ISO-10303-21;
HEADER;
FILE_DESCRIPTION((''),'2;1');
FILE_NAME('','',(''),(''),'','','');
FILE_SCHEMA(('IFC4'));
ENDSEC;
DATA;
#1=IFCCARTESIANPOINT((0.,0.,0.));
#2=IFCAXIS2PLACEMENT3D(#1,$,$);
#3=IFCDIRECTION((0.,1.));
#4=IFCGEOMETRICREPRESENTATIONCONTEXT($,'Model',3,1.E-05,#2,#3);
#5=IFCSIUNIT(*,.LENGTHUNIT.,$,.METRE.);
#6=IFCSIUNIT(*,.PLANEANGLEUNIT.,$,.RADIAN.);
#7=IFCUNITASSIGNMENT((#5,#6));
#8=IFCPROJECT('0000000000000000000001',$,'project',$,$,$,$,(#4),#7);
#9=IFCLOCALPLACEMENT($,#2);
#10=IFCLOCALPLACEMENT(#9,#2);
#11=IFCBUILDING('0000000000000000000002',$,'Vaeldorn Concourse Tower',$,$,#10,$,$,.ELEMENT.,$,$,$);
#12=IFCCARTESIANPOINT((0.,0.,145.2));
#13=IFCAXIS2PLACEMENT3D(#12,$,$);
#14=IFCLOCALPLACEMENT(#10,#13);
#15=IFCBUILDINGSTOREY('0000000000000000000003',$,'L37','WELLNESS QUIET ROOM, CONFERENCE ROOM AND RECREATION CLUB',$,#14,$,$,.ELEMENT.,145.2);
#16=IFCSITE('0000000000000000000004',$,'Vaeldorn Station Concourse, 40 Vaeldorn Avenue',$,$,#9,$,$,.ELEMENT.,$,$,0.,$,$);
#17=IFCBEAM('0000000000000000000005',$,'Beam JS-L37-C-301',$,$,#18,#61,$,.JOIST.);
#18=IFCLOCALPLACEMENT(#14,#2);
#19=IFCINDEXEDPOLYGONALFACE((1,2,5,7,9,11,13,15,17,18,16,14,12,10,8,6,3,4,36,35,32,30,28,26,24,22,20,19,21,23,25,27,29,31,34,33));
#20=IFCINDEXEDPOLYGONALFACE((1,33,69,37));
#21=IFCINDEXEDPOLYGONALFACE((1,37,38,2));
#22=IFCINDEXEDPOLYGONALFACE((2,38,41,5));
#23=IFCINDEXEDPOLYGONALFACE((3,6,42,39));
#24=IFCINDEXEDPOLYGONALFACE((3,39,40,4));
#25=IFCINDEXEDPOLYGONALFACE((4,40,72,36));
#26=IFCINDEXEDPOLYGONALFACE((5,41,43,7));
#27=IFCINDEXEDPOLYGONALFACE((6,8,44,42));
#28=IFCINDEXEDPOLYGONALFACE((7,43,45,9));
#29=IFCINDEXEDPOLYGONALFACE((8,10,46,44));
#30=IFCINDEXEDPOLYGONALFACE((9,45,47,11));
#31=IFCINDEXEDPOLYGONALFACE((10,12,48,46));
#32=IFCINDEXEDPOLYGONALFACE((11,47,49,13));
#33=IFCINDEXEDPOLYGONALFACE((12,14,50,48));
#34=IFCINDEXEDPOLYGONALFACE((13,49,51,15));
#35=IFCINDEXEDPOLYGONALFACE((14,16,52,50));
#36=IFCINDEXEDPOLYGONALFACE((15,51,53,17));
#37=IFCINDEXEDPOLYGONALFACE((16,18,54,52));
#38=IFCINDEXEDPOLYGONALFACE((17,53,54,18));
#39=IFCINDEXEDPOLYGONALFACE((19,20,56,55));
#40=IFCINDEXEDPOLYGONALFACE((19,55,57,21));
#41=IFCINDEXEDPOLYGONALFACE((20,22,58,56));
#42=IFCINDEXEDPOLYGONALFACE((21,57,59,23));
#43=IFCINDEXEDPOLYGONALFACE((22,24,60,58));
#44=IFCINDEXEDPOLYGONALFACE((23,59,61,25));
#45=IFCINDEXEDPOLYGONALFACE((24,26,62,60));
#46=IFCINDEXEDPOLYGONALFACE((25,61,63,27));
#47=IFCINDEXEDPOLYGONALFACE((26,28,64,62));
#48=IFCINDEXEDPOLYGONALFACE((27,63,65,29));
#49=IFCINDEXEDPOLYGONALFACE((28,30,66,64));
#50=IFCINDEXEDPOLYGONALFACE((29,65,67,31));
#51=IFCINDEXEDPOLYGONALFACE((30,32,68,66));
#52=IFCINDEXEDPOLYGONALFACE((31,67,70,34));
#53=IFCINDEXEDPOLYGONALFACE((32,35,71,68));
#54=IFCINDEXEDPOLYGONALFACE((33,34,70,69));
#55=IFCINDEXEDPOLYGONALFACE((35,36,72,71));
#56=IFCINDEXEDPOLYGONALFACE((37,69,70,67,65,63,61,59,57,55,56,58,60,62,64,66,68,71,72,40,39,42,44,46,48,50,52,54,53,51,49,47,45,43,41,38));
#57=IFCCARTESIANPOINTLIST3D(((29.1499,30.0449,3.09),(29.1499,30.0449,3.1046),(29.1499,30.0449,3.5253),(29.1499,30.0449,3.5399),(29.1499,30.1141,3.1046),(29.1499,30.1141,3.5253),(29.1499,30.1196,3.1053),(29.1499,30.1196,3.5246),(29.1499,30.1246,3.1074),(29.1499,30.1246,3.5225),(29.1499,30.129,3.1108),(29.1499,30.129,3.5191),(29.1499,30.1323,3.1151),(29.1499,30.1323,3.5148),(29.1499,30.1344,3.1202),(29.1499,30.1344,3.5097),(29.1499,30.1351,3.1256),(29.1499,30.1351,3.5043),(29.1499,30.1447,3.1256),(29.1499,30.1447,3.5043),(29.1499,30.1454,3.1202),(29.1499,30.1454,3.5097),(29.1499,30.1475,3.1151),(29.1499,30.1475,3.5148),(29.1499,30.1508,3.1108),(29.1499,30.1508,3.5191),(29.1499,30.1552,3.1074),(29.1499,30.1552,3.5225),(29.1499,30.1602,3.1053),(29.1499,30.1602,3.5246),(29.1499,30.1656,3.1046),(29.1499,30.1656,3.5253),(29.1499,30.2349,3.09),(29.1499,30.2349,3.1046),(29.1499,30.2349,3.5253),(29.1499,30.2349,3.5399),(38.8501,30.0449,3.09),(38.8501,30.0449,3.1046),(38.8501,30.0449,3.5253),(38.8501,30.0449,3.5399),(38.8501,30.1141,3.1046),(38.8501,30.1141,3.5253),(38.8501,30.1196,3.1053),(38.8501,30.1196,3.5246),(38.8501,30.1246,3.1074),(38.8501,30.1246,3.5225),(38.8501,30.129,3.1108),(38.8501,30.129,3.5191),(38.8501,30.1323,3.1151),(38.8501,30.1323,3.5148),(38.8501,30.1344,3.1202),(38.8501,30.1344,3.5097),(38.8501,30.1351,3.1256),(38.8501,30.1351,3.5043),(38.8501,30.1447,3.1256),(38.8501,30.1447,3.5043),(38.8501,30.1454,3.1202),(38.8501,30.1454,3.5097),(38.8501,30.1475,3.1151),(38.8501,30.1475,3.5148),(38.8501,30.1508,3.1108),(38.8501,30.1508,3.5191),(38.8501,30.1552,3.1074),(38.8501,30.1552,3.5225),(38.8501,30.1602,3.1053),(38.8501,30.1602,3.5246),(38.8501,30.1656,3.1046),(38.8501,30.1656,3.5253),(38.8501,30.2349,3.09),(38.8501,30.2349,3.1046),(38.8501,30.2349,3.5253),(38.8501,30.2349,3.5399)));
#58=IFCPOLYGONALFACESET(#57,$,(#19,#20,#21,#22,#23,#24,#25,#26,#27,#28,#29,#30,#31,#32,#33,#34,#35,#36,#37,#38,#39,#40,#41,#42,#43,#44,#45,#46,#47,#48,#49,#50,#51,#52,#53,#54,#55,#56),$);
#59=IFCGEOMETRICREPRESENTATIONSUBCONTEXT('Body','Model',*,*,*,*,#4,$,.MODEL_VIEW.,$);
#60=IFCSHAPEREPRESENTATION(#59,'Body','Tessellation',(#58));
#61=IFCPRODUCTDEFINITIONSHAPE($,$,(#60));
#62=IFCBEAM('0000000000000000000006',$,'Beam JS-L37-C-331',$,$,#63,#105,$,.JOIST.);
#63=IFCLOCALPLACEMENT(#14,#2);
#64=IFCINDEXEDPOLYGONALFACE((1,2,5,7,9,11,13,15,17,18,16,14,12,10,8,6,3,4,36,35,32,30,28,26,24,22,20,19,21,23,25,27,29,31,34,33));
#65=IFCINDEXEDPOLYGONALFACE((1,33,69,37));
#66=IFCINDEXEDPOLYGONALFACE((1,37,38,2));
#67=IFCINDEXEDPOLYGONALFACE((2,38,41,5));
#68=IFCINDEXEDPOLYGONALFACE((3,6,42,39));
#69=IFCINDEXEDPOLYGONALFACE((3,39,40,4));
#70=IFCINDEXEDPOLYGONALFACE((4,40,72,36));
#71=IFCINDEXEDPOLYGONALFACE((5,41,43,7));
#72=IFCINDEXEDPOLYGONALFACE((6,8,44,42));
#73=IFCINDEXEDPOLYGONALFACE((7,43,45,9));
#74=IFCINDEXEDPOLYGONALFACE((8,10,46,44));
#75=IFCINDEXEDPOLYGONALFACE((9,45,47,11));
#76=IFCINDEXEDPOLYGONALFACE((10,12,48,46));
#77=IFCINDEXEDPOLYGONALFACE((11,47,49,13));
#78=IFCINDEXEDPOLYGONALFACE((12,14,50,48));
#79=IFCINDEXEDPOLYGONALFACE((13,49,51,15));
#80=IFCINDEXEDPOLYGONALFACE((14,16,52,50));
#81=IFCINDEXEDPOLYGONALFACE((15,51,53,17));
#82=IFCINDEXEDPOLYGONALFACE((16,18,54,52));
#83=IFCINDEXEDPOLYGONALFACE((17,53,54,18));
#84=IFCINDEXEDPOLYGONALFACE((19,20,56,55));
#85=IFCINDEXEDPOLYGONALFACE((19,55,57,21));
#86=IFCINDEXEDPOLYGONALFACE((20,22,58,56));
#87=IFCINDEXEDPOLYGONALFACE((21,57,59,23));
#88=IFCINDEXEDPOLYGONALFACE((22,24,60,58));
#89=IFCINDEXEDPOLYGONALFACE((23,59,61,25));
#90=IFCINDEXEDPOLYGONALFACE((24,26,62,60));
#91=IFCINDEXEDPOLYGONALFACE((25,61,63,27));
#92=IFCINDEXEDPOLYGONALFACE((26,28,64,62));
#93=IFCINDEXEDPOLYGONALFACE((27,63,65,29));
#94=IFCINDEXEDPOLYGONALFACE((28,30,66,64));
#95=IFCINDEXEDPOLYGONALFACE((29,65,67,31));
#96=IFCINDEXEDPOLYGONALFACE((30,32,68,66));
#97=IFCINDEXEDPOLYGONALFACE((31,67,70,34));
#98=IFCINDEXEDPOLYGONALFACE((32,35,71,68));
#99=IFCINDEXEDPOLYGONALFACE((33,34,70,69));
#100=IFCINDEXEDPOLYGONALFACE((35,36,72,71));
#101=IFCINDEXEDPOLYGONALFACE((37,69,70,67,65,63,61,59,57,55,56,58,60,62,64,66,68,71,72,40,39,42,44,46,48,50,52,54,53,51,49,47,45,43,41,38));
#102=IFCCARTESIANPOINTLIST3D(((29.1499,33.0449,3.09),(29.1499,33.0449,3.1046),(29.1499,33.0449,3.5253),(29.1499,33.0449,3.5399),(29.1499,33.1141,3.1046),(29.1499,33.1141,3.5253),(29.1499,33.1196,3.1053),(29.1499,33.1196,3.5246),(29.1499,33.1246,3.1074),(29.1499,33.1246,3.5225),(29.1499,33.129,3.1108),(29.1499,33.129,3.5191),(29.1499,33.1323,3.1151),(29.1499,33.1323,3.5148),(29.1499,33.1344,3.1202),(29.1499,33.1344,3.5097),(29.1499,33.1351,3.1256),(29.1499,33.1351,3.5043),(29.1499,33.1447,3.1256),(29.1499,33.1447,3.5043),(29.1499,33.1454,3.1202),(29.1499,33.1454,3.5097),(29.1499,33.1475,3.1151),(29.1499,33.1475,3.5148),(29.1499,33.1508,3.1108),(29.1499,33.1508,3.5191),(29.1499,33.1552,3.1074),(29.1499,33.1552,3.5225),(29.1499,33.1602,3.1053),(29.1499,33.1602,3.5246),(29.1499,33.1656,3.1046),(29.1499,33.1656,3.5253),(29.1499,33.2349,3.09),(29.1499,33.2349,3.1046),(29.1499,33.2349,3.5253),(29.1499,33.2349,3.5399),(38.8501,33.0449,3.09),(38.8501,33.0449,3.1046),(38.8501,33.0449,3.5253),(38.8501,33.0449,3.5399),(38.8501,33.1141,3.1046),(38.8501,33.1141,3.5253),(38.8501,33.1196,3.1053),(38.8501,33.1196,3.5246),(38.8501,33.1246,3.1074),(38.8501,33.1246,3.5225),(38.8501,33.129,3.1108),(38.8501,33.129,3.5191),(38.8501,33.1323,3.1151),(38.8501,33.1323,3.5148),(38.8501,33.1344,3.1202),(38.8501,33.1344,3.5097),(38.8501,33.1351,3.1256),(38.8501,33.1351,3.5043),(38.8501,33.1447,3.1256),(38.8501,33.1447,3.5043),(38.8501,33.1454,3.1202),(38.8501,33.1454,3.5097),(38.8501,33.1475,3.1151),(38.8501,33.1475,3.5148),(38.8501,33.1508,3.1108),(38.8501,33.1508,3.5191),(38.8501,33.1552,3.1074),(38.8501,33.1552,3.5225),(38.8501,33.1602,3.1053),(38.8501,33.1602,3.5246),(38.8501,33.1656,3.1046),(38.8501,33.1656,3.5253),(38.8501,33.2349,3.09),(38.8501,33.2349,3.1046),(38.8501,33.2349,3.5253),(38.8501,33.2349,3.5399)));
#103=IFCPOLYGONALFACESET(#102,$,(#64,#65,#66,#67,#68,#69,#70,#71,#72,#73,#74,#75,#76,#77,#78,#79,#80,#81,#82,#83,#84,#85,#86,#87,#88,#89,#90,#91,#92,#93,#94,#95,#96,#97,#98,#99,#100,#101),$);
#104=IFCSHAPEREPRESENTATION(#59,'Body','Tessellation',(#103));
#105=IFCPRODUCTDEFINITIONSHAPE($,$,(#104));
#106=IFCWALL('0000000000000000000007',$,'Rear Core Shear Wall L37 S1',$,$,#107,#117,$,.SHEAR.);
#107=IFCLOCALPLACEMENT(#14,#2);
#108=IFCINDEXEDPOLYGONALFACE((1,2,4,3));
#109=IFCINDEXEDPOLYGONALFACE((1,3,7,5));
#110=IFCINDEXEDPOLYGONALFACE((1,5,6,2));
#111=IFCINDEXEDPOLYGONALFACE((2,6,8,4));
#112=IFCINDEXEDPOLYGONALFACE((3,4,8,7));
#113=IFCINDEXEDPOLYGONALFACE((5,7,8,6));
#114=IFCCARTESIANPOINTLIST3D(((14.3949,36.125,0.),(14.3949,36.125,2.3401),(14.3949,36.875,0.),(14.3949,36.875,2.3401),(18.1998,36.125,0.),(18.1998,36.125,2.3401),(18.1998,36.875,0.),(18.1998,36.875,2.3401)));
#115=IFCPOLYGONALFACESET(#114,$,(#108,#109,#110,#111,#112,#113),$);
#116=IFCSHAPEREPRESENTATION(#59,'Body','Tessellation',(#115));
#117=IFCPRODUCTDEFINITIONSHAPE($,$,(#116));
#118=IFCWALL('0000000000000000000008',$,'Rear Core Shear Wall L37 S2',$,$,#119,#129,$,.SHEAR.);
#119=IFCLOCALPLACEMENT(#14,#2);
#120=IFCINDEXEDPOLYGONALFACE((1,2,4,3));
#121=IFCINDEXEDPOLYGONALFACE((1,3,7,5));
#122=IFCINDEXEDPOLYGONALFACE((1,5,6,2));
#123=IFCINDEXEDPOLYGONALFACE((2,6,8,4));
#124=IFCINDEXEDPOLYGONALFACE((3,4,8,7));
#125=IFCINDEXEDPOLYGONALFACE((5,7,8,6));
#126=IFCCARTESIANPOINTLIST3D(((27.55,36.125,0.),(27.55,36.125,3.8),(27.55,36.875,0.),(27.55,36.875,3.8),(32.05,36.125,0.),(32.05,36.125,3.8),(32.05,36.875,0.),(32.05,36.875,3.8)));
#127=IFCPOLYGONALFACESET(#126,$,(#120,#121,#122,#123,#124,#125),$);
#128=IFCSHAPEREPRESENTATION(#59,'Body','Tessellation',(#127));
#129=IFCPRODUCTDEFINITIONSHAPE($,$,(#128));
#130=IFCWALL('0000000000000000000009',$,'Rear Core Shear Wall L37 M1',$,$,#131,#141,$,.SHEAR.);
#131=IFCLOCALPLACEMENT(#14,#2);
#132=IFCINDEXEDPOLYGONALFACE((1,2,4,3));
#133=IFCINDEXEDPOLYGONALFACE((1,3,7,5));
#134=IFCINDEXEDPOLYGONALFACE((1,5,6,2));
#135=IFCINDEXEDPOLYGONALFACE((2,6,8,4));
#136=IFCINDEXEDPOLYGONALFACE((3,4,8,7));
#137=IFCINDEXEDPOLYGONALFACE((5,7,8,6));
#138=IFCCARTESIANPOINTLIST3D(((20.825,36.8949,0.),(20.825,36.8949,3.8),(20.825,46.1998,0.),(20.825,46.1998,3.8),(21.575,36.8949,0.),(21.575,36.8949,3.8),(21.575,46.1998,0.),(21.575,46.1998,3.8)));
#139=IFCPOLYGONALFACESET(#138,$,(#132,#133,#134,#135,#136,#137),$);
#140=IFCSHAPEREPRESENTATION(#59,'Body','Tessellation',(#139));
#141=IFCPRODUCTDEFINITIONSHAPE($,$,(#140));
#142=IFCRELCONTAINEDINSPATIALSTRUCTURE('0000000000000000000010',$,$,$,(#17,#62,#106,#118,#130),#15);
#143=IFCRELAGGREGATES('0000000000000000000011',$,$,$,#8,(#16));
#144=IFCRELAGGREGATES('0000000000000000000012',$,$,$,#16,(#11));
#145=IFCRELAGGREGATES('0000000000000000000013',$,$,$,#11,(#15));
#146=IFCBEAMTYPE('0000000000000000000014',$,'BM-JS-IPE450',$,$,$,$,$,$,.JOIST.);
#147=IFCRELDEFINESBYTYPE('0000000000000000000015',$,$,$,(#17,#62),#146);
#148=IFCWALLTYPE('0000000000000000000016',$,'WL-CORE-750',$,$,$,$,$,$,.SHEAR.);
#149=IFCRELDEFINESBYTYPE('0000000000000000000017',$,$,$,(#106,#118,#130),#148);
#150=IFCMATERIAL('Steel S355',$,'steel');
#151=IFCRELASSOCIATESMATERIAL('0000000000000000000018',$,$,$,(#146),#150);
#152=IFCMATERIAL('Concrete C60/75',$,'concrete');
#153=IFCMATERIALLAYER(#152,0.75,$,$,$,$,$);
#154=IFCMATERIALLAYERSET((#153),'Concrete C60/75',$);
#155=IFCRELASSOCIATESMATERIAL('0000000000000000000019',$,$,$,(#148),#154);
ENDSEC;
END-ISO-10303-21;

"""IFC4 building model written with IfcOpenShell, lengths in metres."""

from ifc_helpers import new_model, si_unit, direction, frame, frame_2d, origin, origin_2d, place, context, subcontext, project, spatial, rectangle, i_section, extrude, source, transform, mapped, material, layer, layer_set, material_profile, profile_set, type_object, element, save


model = new_model("IFC4")

# Units and contexts
model_context = context("Model", 3, precision=1e-05, world=origin(), true_north=direction((0.0, 1.0)))
body_context = subcontext(model_context, "Body", "Model", "MODEL_VIEW")
ifc_project = project(units=[si_unit("LENGTHUNIT", "METRE"), si_unit("PLANEANGLEUNIT", "RADIAN")], contexts=[model_context])

# Site, building, storey
site_placement = place(None, origin())
site = spatial("IfcSite", under=ifc_project, at=site_placement, Name="Vaeldorn Station Concourse, 40 Vaeldorn Avenue", CompositionType="ELEMENT", RefElevation=0.0)
building_placement = place(site_placement, origin())
building = spatial("IfcBuilding", under=site, at=building_placement, Name="Vaeldorn Concourse Tower", CompositionType="ELEMENT")
storey_placement = place(building_placement, frame((0.0, 0.0, 145.2)))
storey = spatial("IfcBuildingStorey", under=building, at=storey_placement, Name="L37", Description="WELLNESS QUIET ROOM, CONFERENCE ROOM AND RECREATION CLUB", CompositionType="ELEMENT", Elevation=145.2)

# Beams
ifc_material_1 = material(Name="Concrete C60/75", Category="concrete")
ifc_material_2 = material(Name="Steel S355", Category="steel")
ifc_material_profile_1 = material_profile(ifc_material_2, i_section(OverallWidth=0.1899, OverallDepth=0.45, WebThickness=0.0095, FlangeThickness=0.0146, FilletRadius=0.021, at=origin_2d()), Name="IPE 450")
ifc_profile_set_1 = profile_set([ifc_material_profile_1], Name="Steel S355")
beam_type_1 = type_object("IfcBeamType", Name="BM-JS-IPE450", PredefinedType="JOIST", material=ifc_profile_set_1)
shared_shape_1 = source(origin(), body_context, "Body", "SweptSolid", [
    extrude(i_section(OverallWidth=0.1899, OverallDepth=0.45, WebThickness=0.0095, FlangeThickness=0.0146, FilletRadius=0.021, at=origin_2d()), origin(), (0.0, 0.0, 1.0), 9.7002),
])
for number, where, z_axis, x_axis, name in (
    (1, (29.1499, 30.1399, 3.3149), (1.0, 0.0, 0.0), (0.0, 1.0, 0.0), "Beam JS-L37-C-301"),
    (2, (29.1499, 33.1399, 3.3149), (1.0, 0.0, 0.0), (0.0, 1.0, 0.0), "Beam JS-L37-C-331"),
):
    element("IfcBeam", number, at=place(storey_placement, frame(where, z_axis=z_axis, x_axis=x_axis)), inside=storey, type_object=beam_type_1, Name=name, PredefinedType="JOIST", context=body_context, shape_type="MappedRepresentation", body=[
        mapped(shared_shape_1, transform((0.0, 0.0, 0.0), scale=1.0)),
    ])

# Walls
ifc_layer_1 = layer(ifc_material_1, 0.75)
ifc_layer_set_1 = layer_set([ifc_layer_1], Name="Concrete C60/75")
wall_type_1 = type_object("IfcWallType", Name="WL-CORE-750", PredefinedType="SHEAR", material=ifc_layer_set_1)
wall_1_placement = place(storey_placement, frame((14.395, 36.5, 0.0), z_axis=(0.0, 0.0, 1.0), x_axis=(1.0, 0.0, 0.0)))
element("IfcWall", 3, at=wall_1_placement, inside=storey, type_object=wall_type_1, Name="Rear Core Shear Wall L37 S1", PredefinedType="SHEAR", context=body_context, shape_type="SweptSolid", body=[
    extrude(rectangle(XDim=3.8049, YDim=0.75, at=frame_2d((1.9023, 0.0))), origin(), (0.0, 0.0, 1.0), 2.3401),
])
wall_2_placement = place(storey_placement, frame((27.55, 36.5, 0.0), z_axis=(0.0, 0.0, 1.0), x_axis=(1.0, 0.0, 0.0)))
element("IfcWall", 4, at=wall_2_placement, inside=storey, type_object=wall_type_1, Name="Rear Core Shear Wall L37 S2", PredefinedType="SHEAR", context=body_context, shape_type="SweptSolid", body=[
    extrude(rectangle(XDim=4.5, YDim=0.75, at=frame_2d((2.25, 0.0))), origin(), (0.0, 0.0, 1.0), 3.8),
])
wall_3_placement = place(storey_placement, frame((21.2, 36.895, 0.0), z_axis=(0.0, 0.0, 1.0), x_axis=(0.0, 1.0, 0.0)))
element("IfcWall", 5, at=wall_3_placement, inside=storey, type_object=wall_type_1, Name="Rear Core Shear Wall L37 M1", PredefinedType="SHEAR", context=body_context, shape_type="SweptSolid", body=[
    extrude(rectangle(XDim=9.3049, YDim=0.75, at=frame_2d((4.6523, 0.0))), origin(), (0.0, 0.0, 1.0), 3.8),
])

save(model, "model.ifc")
